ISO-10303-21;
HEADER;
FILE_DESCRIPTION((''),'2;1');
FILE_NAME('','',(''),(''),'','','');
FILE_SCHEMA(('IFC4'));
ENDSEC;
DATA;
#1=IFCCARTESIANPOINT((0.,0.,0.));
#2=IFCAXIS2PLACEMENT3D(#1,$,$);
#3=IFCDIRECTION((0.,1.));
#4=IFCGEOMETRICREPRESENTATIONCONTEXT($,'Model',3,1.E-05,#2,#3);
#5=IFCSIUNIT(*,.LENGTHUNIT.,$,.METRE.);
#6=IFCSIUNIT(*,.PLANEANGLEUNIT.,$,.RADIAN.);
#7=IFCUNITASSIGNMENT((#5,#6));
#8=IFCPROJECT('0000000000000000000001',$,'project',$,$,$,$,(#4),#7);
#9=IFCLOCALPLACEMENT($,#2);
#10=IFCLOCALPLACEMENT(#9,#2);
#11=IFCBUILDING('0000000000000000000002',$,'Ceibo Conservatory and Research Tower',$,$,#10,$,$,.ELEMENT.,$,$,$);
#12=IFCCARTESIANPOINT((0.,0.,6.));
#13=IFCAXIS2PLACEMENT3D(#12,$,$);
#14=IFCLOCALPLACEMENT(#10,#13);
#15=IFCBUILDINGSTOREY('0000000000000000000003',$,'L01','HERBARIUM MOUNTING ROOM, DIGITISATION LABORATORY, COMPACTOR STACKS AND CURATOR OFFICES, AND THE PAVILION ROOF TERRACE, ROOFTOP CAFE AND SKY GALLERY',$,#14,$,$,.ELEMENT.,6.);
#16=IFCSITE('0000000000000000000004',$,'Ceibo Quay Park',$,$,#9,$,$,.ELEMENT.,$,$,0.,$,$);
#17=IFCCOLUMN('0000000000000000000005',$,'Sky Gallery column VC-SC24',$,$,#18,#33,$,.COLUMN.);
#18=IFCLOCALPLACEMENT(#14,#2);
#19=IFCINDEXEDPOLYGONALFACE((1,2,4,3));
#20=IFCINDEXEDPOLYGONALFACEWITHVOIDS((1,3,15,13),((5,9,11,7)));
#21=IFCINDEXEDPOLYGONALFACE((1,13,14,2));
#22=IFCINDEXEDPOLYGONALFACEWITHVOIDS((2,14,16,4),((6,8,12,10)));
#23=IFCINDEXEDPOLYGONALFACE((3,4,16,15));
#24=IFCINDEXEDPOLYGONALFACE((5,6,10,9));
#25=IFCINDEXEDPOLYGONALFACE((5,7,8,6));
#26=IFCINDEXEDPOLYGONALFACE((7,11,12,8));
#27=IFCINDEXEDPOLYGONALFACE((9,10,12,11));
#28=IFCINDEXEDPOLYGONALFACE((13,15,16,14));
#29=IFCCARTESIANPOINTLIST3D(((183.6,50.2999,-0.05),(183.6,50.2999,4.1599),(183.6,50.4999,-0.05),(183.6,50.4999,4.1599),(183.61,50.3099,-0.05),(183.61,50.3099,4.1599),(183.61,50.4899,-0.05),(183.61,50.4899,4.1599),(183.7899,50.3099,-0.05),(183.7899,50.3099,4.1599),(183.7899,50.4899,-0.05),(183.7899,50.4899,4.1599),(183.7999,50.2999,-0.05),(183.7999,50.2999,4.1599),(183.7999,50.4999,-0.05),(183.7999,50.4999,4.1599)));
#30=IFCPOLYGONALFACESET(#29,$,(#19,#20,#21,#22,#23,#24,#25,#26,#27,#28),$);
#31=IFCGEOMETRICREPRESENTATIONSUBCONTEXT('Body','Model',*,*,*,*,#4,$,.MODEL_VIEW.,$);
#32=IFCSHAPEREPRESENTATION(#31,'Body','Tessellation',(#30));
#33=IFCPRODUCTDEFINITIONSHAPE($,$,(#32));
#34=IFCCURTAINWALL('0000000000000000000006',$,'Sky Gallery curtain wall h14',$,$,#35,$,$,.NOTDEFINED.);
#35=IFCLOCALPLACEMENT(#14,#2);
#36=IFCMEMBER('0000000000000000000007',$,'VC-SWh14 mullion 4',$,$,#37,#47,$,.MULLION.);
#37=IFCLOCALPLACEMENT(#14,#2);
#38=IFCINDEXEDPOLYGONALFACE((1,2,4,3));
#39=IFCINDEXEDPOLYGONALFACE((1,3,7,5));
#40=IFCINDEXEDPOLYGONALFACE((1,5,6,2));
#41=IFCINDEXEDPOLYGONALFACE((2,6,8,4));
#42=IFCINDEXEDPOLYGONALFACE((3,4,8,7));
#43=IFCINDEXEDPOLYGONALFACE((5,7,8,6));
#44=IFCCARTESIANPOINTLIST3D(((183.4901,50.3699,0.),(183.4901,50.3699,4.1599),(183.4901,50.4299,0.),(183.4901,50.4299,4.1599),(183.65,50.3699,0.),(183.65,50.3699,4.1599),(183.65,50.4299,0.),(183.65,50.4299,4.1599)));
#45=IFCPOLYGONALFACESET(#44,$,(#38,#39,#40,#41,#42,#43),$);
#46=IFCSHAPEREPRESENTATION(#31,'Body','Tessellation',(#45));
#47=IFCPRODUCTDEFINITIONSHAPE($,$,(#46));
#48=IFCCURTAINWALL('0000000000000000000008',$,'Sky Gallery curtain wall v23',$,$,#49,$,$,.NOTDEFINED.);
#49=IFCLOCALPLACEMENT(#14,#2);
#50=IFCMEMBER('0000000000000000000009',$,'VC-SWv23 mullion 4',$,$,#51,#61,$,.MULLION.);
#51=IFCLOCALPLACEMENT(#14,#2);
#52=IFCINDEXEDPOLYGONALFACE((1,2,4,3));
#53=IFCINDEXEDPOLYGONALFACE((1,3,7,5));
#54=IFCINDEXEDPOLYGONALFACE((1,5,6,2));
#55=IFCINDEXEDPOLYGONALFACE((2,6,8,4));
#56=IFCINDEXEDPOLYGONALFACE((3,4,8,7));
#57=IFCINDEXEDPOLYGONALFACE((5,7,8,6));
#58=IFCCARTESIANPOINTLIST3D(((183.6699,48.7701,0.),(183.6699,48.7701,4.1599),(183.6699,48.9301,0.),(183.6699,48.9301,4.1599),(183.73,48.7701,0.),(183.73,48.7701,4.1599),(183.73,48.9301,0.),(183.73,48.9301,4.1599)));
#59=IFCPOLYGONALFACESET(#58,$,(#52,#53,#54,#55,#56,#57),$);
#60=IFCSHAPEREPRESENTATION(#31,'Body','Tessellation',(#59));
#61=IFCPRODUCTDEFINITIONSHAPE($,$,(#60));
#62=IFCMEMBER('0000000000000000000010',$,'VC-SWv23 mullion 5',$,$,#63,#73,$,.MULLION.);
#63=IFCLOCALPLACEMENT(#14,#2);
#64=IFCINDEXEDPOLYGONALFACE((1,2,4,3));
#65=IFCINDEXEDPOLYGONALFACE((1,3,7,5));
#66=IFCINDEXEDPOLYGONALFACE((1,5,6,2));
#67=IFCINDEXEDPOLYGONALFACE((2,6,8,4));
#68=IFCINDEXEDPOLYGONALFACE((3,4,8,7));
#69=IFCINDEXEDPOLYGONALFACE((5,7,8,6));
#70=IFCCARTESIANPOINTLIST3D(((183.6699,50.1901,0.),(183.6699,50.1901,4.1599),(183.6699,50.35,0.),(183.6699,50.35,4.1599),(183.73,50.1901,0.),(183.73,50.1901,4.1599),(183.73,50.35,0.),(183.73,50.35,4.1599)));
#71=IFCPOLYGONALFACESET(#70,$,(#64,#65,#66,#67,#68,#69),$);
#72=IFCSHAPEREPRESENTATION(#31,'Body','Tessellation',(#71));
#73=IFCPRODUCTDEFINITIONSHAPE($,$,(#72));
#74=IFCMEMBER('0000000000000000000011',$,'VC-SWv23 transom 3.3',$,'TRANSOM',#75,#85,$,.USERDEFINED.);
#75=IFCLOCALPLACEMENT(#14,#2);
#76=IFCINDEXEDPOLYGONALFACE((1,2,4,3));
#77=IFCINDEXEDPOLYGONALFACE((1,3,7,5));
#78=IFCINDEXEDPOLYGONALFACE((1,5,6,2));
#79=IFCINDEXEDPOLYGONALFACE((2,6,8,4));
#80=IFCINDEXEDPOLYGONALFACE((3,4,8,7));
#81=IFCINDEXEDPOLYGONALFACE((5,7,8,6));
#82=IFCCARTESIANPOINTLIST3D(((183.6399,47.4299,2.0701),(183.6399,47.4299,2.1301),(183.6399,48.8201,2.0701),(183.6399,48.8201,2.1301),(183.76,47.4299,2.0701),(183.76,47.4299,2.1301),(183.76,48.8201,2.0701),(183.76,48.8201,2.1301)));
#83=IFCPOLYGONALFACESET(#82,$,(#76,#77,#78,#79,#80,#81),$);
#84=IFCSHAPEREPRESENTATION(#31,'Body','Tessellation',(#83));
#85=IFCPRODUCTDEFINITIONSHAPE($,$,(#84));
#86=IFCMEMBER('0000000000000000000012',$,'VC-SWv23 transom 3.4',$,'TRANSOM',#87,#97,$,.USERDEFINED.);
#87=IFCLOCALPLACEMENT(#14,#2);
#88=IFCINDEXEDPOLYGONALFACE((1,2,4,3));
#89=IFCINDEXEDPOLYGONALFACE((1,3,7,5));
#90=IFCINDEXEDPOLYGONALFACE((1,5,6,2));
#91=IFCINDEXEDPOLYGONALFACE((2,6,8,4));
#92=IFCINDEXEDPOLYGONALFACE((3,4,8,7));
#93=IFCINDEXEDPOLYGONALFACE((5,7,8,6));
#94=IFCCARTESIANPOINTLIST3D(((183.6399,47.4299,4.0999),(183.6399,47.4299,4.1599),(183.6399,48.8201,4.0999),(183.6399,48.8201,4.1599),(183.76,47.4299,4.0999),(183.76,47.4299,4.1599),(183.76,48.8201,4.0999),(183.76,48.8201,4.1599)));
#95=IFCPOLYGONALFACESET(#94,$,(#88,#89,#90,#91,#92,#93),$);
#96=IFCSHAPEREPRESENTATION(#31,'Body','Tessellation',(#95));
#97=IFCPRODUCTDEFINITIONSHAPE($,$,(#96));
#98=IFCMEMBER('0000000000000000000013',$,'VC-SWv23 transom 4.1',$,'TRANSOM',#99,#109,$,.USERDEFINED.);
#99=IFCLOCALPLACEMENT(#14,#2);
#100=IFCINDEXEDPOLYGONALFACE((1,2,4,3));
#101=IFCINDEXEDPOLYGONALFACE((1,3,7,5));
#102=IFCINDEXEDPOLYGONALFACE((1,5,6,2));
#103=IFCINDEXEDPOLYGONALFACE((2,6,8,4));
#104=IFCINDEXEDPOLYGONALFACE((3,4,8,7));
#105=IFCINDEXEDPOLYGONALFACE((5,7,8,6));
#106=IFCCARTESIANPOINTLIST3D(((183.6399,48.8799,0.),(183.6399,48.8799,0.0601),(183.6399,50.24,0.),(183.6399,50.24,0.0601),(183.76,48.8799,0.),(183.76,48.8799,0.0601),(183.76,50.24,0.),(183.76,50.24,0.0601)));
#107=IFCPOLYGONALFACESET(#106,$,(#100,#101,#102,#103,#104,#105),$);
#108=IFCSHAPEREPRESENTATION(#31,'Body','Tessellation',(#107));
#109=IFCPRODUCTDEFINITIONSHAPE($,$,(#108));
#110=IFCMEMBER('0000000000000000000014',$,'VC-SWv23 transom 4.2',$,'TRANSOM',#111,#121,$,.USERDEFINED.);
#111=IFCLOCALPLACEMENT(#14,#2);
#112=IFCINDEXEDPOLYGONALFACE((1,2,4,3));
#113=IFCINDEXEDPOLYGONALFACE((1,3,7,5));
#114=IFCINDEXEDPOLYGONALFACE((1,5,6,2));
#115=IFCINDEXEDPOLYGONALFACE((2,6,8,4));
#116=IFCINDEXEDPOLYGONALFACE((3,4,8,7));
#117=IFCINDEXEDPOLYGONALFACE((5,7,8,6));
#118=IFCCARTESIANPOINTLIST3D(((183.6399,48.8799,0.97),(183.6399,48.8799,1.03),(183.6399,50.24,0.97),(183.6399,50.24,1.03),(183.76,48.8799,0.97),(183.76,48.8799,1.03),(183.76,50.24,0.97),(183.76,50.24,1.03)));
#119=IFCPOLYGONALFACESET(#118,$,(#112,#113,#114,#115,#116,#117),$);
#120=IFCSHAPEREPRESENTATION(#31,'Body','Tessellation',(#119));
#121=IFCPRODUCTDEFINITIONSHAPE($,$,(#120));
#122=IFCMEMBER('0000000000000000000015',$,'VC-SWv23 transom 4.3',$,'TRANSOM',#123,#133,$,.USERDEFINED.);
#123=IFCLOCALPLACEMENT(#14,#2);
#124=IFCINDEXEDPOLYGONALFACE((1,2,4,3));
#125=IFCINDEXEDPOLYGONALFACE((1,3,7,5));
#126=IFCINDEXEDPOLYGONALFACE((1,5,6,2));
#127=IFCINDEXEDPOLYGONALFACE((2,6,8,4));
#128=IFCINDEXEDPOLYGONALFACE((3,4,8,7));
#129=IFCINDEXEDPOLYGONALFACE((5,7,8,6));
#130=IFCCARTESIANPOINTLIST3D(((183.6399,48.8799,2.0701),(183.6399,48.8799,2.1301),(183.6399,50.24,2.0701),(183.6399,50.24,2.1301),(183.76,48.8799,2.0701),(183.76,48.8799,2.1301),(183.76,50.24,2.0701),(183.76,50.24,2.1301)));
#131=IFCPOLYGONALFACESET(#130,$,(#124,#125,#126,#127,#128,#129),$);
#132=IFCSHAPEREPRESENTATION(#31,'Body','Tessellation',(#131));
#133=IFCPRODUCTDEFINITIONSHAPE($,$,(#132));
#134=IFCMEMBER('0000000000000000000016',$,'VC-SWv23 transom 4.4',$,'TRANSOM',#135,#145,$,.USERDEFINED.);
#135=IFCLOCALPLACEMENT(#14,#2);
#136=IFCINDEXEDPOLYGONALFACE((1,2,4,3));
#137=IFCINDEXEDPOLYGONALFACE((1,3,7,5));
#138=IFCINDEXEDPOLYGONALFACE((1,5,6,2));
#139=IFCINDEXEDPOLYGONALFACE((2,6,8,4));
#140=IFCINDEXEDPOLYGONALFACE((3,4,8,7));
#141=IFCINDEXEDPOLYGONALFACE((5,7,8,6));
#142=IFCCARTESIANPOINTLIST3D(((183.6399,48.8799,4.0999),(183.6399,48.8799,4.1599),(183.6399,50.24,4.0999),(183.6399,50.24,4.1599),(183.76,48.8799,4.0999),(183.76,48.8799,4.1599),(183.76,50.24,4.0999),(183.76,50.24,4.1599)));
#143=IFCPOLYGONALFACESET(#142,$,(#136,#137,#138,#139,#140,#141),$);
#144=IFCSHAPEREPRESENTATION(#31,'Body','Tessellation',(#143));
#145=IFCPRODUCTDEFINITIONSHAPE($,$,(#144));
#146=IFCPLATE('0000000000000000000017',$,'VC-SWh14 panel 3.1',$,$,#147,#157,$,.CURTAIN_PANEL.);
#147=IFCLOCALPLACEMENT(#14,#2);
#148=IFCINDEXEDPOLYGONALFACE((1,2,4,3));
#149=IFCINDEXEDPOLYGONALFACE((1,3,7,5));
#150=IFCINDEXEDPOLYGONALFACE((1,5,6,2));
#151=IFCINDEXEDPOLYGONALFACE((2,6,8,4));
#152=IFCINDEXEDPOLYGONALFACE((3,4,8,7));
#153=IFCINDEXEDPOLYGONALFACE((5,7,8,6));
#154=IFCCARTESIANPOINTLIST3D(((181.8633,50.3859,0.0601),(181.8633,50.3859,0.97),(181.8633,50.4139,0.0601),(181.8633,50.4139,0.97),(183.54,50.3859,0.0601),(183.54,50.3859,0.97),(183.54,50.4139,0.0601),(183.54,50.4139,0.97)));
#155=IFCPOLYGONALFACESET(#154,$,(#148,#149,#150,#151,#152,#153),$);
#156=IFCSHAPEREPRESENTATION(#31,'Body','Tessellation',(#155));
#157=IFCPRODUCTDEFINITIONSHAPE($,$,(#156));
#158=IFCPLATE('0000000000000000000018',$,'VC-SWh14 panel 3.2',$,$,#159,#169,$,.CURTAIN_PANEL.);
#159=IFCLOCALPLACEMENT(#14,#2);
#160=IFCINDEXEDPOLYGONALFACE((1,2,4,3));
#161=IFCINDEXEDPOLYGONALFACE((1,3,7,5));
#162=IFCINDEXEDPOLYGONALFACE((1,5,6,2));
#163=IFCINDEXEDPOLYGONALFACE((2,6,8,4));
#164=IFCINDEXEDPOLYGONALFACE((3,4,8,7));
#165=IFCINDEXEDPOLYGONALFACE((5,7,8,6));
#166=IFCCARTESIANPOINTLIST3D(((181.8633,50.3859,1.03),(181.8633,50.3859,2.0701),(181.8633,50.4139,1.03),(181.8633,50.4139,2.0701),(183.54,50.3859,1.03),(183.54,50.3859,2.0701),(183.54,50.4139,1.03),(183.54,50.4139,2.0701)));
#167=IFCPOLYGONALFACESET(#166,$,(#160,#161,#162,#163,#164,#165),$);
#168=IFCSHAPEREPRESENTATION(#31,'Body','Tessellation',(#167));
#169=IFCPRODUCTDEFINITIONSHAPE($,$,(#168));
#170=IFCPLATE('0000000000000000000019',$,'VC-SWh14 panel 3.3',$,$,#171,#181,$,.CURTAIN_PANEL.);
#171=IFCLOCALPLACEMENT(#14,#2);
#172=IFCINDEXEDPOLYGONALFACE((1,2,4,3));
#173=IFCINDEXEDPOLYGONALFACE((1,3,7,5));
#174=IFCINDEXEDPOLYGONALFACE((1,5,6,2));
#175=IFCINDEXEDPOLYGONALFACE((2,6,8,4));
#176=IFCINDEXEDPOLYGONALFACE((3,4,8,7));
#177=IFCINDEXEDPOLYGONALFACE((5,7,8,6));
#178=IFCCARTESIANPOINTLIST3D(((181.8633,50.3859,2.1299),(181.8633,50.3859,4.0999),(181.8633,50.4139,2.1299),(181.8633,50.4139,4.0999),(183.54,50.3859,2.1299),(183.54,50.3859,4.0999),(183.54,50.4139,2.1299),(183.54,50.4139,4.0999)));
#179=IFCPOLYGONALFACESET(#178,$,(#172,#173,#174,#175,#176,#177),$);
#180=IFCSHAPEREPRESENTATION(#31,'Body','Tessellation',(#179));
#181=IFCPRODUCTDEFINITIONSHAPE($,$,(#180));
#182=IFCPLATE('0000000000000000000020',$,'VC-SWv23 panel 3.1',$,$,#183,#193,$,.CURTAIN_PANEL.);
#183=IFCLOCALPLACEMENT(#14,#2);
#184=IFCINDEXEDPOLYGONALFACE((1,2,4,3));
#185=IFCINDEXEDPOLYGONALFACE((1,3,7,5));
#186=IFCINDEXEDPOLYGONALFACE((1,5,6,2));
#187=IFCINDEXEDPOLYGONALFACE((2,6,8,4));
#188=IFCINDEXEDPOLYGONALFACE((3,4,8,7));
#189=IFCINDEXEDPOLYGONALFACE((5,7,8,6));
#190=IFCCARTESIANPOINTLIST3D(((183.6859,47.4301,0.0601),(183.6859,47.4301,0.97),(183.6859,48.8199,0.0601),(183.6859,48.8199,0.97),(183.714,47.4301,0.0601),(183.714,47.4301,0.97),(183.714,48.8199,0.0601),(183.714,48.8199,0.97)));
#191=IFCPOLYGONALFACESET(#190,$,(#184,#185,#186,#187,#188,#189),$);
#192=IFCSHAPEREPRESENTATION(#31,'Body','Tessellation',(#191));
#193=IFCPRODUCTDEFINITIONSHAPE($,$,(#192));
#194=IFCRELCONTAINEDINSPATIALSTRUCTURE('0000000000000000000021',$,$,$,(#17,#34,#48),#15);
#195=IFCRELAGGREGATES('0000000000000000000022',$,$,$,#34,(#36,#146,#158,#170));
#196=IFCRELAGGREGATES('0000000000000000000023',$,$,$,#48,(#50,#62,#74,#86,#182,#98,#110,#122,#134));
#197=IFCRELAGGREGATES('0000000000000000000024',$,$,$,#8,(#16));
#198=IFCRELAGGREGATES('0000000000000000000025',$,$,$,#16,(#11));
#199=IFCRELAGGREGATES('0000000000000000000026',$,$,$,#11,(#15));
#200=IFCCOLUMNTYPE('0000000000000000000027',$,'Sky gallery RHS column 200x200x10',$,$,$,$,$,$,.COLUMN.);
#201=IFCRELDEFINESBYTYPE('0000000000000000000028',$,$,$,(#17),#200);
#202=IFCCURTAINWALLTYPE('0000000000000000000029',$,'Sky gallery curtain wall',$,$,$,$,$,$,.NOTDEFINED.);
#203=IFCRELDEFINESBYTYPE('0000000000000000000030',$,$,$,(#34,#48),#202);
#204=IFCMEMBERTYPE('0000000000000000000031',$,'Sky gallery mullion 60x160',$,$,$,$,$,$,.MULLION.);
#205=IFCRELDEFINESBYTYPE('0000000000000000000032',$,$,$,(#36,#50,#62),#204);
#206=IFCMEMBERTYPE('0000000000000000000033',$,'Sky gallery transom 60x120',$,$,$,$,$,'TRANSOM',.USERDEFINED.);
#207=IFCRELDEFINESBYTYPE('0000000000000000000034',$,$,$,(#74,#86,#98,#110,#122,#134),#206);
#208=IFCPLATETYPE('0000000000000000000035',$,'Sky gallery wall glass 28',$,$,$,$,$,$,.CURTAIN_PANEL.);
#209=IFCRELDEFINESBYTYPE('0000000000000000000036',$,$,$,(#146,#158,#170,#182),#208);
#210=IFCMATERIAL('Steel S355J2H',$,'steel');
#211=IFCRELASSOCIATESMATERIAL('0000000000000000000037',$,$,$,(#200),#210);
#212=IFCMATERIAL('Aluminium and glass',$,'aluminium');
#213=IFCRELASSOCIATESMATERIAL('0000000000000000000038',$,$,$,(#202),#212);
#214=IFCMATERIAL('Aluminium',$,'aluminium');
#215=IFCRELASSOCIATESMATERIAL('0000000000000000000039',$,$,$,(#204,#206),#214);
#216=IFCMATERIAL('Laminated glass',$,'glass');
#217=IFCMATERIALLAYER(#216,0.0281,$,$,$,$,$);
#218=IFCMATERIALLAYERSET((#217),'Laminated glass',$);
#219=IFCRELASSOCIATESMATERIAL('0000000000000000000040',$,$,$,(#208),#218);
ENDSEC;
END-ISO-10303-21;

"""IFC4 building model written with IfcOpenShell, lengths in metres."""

from ifc_helpers import new_model, si_unit, direction, frame, origin, origin_2d, place, context, subcontext, project, spatial, rectangle, hollow_rectangle, extrude, material, layer, layer_set, material_profile, profile_set, type_object, element, aggregate, save


model = new_model("IFC4")

# Units and contexts
model_context = context("Model", 3, precision=1e-05, world=origin(), true_north=direction((0.0, 1.0)))
body_context = subcontext(model_context, "Body", "Model", "MODEL_VIEW")
ifc_project = project(units=[si_unit("LENGTHUNIT", "METRE"), si_unit("PLANEANGLEUNIT", "RADIAN")], contexts=[model_context])

# Site, building, storey
site_placement = place(None, origin())
site = spatial("IfcSite", under=ifc_project, at=site_placement, Name="Ceibo Quay Park", CompositionType="ELEMENT", RefElevation=0.0)
building_placement = place(site_placement, origin())
building = spatial("IfcBuilding", under=site, at=building_placement, Name="Ceibo Conservatory and Research Tower", CompositionType="ELEMENT")
storey_placement = place(building_placement, frame((0.0, 0.0, 6.0)))
storey = spatial("IfcBuildingStorey", under=building, at=storey_placement, Name="L01", Description="HERBARIUM MOUNTING ROOM, DIGITISATION LABORATORY, COMPACTOR STACKS AND CURATOR OFFICES, AND THE PAVILION ROOF TERRACE, ROOFTOP CAFE AND SKY GALLERY", CompositionType="ELEMENT", Elevation=6.0)

# Column
ifc_material_1 = material(Name="Steel S355J2H", Category="steel")
ifc_material_profile_1 = material_profile(ifc_material_1, hollow_rectangle(XDim=0.2, YDim=0.2, WallThickness=0.01, at=origin_2d()), Name="Sky gallery RHS column 200x200x10")
ifc_profile_set_1 = profile_set([ifc_material_profile_1], Name="Steel S355J2H")
column_type = type_object("IfcColumnType", Name="Sky gallery RHS column 200x200x10", PredefinedType="COLUMN", material=ifc_profile_set_1)
column_placement = place(storey_placement, frame((183.7, 50.3999, -0.05), z_axis=(0.0, 0.0, 1.0), x_axis=(1.0, 0.0, 0.0)))
element("IfcColumn", 1, at=column_placement, inside=storey, type_object=column_type, Name="Sky Gallery column VC-SC24", PredefinedType="COLUMN", context=body_context, shape_type="SweptSolid", body=[
    extrude(hollow_rectangle(XDim=0.2, YDim=0.2, WallThickness=0.01, at=origin_2d()), origin(), (0.0, 0.0, 1.0), 4.21),
])

# Curtain wall, member
ifc_material_2 = material(Name="Aluminium and glass", Category="aluminium")
curtain_wall_type = type_object("IfcCurtainWallType", Name="Sky gallery curtain wall", PredefinedType="NOTDEFINED", material=ifc_material_2)
curtain_wall_1_placement = place(storey_placement, origin())
curtain_wall_1 = element("IfcCurtainWall", 2, at=curtain_wall_1_placement, inside=storey, type_object=curtain_wall_type, Name="Sky Gallery curtain wall h14", PredefinedType="NOTDEFINED")
ifc_material_3 = material(Name="Aluminium", Category="aluminium")
ifc_material_profile_2 = material_profile(ifc_material_3, rectangle(XDim=0.0601, YDim=0.1599, at=origin_2d()), Name="AL 60x160")
ifc_profile_set_2 = profile_set([ifc_material_profile_2], Name="Aluminium")
member_type_1 = type_object("IfcMemberType", Name="Sky gallery mullion 60x160", PredefinedType="MULLION", material=ifc_profile_set_2)
member_1_placement = place(storey_placement, frame((183.5701, 50.3999, 0.0), z_axis=(0.0, 0.0, 1.0), x_axis=(0.0, 1.0, 0.0)))
member_1 = element("IfcMember", 3, at=member_1_placement, type_object=member_type_1, Name="VC-SWh14 mullion 4", PredefinedType="MULLION", context=body_context, shape_type="SweptSolid", body=[
    extrude(rectangle(XDim=0.0601, YDim=0.1599, at=origin_2d()), origin(), (0.0, 0.0, 1.0), 4.1599),
])

# Curtain wall, members
curtain_wall_2_placement = place(storey_placement, origin())
curtain_wall_2 = element("IfcCurtainWall", 4, at=curtain_wall_2_placement, inside=storey, type_object=curtain_wall_type, Name="Sky Gallery curtain wall v23", PredefinedType="NOTDEFINED")
member_2_placement = place(storey_placement, frame((183.7, 48.8501, 0.0), z_axis=(0.0, 0.0, 1.0), x_axis=(-1.0, 0.0, 0.0)))
member_2 = element("IfcMember", 5, at=member_2_placement, type_object=member_type_1, Name="VC-SWv23 mullion 4", PredefinedType="MULLION", context=body_context, shape_type="SweptSolid", body=[
    extrude(rectangle(XDim=0.0601, YDim=0.1599, at=origin_2d()), origin(), (0.0, 0.0, 1.0), 4.1599),
])
member_3_placement = place(storey_placement, frame((183.7, 50.27, 0.0), z_axis=(0.0, 0.0, 1.0), x_axis=(-1.0, 0.0, 0.0)))
member_3 = element("IfcMember", 6, at=member_3_placement, type_object=member_type_1, Name="VC-SWv23 mullion 5", PredefinedType="MULLION", context=body_context, shape_type="SweptSolid", body=[
    extrude(rectangle(XDim=0.0601, YDim=0.1599, at=origin_2d()), origin(), (0.0, 0.0, 1.0), 4.1599),
])
ifc_material_profile_3 = material_profile(ifc_material_3, rectangle(XDim=0.1201, YDim=0.0601, at=origin_2d()), Name="AL 60x120")
ifc_profile_set_3 = profile_set([ifc_material_profile_3], Name="Aluminium")
member_type_2 = type_object("IfcMemberType", Name="Sky gallery transom 60x120", ElementType="TRANSOM", PredefinedType="USERDEFINED", material=ifc_profile_set_3)
member_4_placement = place(storey_placement, frame((183.7, 47.4299, 2.1001), z_axis=(0.0, 1.0, 0.0), x_axis=(-1.0, 0.0, 0.0)))
member_4 = element("IfcMember", 7, at=member_4_placement, type_object=member_type_2, Name="VC-SWv23 transom 3.3", ObjectType="TRANSOM", PredefinedType="USERDEFINED", context=body_context, shape_type="SweptSolid", body=[
    extrude(rectangle(XDim=0.1201, YDim=0.0601, at=origin_2d()), origin(), (0.0, 0.0, 1.0), 1.3901),
])
member_5_placement = place(storey_placement, frame((183.7, 47.4299, 4.1299), z_axis=(0.0, 1.0, 0.0), x_axis=(-1.0, 0.0, 0.0)))
member_5 = element("IfcMember", 8, at=member_5_placement, type_object=member_type_2, Name="VC-SWv23 transom 3.4", ObjectType="TRANSOM", PredefinedType="USERDEFINED", context=body_context, shape_type="SweptSolid", body=[
    extrude(rectangle(XDim=0.1201, YDim=0.0601, at=origin_2d()), origin(), (0.0, 0.0, 1.0), 1.3901),
])
member_6_placement = place(storey_placement, frame((183.7, 48.8799, 0.03), z_axis=(0.0, 1.0, 0.0), x_axis=(-1.0, 0.0, 0.0)))
member_6 = element("IfcMember", 9, at=member_6_placement, type_object=member_type_2, Name="VC-SWv23 transom 4.1", ObjectType="TRANSOM", PredefinedType="USERDEFINED", context=body_context, shape_type="SweptSolid", body=[
    extrude(rectangle(XDim=0.1201, YDim=0.0601, at=origin_2d()), origin(), (0.0, 0.0, 1.0), 1.3601),
])
member_7_placement = place(storey_placement, frame((183.7, 48.8799, 1.0), z_axis=(0.0, 1.0, 0.0), x_axis=(-1.0, 0.0, 0.0)))
member_7 = element("IfcMember", 10, at=member_7_placement, type_object=member_type_2, Name="VC-SWv23 transom 4.2", ObjectType="TRANSOM", PredefinedType="USERDEFINED", context=body_context, shape_type="SweptSolid", body=[
    extrude(rectangle(XDim=0.1201, YDim=0.0601, at=origin_2d()), origin(), (0.0, 0.0, 1.0), 1.3601),
])
member_8_placement = place(storey_placement, frame((183.7, 48.8799, 2.1001), z_axis=(0.0, 1.0, 0.0), x_axis=(-1.0, 0.0, 0.0)))
member_8 = element("IfcMember", 11, at=member_8_placement, type_object=member_type_2, Name="VC-SWv23 transom 4.3", ObjectType="TRANSOM", PredefinedType="USERDEFINED", context=body_context, shape_type="SweptSolid", body=[
    extrude(rectangle(XDim=0.1201, YDim=0.0601, at=origin_2d()), origin(), (0.0, 0.0, 1.0), 1.3601),
])
member_9_placement = place(storey_placement, frame((183.7, 48.8799, 4.1299), z_axis=(0.0, 1.0, 0.0), x_axis=(-1.0, 0.0, 0.0)))
member_9 = element("IfcMember", 12, at=member_9_placement, type_object=member_type_2, Name="VC-SWv23 transom 4.4", ObjectType="TRANSOM", PredefinedType="USERDEFINED", context=body_context, shape_type="SweptSolid", body=[
    extrude(rectangle(XDim=0.1201, YDim=0.0601, at=origin_2d()), origin(), (0.0, 0.0, 1.0), 1.3601),
])

# Plates
ifc_material_4 = material(Name="Laminated glass", Category="glass")
ifc_layer_1 = layer(ifc_material_4, 0.0281)
ifc_layer_set_1 = layer_set([ifc_layer_1], Name="Laminated glass")
plate_type = type_object("IfcPlateType", Name="Sky gallery wall glass 28", PredefinedType="CURTAIN_PANEL", material=ifc_layer_set_1)
plate_1_placement = place(storey_placement, frame((182.7017, 50.3999, 0.0601), z_axis=(0.0, 0.0, 1.0), x_axis=(1.0, 0.0, 0.0)))
plate_1 = element("IfcPlate", 13, at=plate_1_placement, type_object=plate_type, Name="VC-SWh14 panel 3.1", PredefinedType="CURTAIN_PANEL", context=body_context, shape_type="SweptSolid", body=[
    extrude(rectangle(XDim=1.6768, YDim=0.0281, at=origin_2d()), origin(), (0.0, 0.0, 1.0), 0.9099),
])
plate_2_placement = place(storey_placement, frame((182.7017, 50.3999, 1.03), z_axis=(0.0, 0.0, 1.0), x_axis=(1.0, 0.0, 0.0)))
plate_2 = element("IfcPlate", 14, at=plate_2_placement, type_object=plate_type, Name="VC-SWh14 panel 3.2", PredefinedType="CURTAIN_PANEL", context=body_context, shape_type="SweptSolid", body=[
    extrude(rectangle(XDim=1.6768, YDim=0.0281, at=origin_2d()), origin(), (0.0, 0.0, 1.0), 1.04),
])
plate_3_placement = place(storey_placement, frame((182.7017, 50.3999, 2.1299), z_axis=(0.0, 0.0, 1.0), x_axis=(1.0, 0.0, 0.0)))
plate_3 = element("IfcPlate", 15, at=plate_3_placement, type_object=plate_type, Name="VC-SWh14 panel 3.3", PredefinedType="CURTAIN_PANEL", context=body_context, shape_type="SweptSolid", body=[
    extrude(rectangle(XDim=1.6768, YDim=0.0281, at=origin_2d()), origin(), (0.0, 0.0, 1.0), 1.97),
])
aggregate(curtain_wall_1, [member_1, plate_1, plate_2, plate_3])
plate_4_placement = place(storey_placement, frame((183.7, 48.125, 0.0601), z_axis=(0.0, 0.0, 1.0), x_axis=(0.0, 1.0, 0.0)))
plate_4 = element("IfcPlate", 16, at=plate_4_placement, type_object=plate_type, Name="VC-SWv23 panel 3.1", PredefinedType="CURTAIN_PANEL", context=body_context, shape_type="SweptSolid", body=[
    extrude(rectangle(XDim=1.3899, YDim=0.0281, at=origin_2d()), origin(), (0.0, 0.0, 1.0), 0.9099),
])
aggregate(curtain_wall_2, [member_2, member_3, member_4, member_5, plate_4, member_6, member_7, member_8, member_9])

save(model, "model.ifc")
